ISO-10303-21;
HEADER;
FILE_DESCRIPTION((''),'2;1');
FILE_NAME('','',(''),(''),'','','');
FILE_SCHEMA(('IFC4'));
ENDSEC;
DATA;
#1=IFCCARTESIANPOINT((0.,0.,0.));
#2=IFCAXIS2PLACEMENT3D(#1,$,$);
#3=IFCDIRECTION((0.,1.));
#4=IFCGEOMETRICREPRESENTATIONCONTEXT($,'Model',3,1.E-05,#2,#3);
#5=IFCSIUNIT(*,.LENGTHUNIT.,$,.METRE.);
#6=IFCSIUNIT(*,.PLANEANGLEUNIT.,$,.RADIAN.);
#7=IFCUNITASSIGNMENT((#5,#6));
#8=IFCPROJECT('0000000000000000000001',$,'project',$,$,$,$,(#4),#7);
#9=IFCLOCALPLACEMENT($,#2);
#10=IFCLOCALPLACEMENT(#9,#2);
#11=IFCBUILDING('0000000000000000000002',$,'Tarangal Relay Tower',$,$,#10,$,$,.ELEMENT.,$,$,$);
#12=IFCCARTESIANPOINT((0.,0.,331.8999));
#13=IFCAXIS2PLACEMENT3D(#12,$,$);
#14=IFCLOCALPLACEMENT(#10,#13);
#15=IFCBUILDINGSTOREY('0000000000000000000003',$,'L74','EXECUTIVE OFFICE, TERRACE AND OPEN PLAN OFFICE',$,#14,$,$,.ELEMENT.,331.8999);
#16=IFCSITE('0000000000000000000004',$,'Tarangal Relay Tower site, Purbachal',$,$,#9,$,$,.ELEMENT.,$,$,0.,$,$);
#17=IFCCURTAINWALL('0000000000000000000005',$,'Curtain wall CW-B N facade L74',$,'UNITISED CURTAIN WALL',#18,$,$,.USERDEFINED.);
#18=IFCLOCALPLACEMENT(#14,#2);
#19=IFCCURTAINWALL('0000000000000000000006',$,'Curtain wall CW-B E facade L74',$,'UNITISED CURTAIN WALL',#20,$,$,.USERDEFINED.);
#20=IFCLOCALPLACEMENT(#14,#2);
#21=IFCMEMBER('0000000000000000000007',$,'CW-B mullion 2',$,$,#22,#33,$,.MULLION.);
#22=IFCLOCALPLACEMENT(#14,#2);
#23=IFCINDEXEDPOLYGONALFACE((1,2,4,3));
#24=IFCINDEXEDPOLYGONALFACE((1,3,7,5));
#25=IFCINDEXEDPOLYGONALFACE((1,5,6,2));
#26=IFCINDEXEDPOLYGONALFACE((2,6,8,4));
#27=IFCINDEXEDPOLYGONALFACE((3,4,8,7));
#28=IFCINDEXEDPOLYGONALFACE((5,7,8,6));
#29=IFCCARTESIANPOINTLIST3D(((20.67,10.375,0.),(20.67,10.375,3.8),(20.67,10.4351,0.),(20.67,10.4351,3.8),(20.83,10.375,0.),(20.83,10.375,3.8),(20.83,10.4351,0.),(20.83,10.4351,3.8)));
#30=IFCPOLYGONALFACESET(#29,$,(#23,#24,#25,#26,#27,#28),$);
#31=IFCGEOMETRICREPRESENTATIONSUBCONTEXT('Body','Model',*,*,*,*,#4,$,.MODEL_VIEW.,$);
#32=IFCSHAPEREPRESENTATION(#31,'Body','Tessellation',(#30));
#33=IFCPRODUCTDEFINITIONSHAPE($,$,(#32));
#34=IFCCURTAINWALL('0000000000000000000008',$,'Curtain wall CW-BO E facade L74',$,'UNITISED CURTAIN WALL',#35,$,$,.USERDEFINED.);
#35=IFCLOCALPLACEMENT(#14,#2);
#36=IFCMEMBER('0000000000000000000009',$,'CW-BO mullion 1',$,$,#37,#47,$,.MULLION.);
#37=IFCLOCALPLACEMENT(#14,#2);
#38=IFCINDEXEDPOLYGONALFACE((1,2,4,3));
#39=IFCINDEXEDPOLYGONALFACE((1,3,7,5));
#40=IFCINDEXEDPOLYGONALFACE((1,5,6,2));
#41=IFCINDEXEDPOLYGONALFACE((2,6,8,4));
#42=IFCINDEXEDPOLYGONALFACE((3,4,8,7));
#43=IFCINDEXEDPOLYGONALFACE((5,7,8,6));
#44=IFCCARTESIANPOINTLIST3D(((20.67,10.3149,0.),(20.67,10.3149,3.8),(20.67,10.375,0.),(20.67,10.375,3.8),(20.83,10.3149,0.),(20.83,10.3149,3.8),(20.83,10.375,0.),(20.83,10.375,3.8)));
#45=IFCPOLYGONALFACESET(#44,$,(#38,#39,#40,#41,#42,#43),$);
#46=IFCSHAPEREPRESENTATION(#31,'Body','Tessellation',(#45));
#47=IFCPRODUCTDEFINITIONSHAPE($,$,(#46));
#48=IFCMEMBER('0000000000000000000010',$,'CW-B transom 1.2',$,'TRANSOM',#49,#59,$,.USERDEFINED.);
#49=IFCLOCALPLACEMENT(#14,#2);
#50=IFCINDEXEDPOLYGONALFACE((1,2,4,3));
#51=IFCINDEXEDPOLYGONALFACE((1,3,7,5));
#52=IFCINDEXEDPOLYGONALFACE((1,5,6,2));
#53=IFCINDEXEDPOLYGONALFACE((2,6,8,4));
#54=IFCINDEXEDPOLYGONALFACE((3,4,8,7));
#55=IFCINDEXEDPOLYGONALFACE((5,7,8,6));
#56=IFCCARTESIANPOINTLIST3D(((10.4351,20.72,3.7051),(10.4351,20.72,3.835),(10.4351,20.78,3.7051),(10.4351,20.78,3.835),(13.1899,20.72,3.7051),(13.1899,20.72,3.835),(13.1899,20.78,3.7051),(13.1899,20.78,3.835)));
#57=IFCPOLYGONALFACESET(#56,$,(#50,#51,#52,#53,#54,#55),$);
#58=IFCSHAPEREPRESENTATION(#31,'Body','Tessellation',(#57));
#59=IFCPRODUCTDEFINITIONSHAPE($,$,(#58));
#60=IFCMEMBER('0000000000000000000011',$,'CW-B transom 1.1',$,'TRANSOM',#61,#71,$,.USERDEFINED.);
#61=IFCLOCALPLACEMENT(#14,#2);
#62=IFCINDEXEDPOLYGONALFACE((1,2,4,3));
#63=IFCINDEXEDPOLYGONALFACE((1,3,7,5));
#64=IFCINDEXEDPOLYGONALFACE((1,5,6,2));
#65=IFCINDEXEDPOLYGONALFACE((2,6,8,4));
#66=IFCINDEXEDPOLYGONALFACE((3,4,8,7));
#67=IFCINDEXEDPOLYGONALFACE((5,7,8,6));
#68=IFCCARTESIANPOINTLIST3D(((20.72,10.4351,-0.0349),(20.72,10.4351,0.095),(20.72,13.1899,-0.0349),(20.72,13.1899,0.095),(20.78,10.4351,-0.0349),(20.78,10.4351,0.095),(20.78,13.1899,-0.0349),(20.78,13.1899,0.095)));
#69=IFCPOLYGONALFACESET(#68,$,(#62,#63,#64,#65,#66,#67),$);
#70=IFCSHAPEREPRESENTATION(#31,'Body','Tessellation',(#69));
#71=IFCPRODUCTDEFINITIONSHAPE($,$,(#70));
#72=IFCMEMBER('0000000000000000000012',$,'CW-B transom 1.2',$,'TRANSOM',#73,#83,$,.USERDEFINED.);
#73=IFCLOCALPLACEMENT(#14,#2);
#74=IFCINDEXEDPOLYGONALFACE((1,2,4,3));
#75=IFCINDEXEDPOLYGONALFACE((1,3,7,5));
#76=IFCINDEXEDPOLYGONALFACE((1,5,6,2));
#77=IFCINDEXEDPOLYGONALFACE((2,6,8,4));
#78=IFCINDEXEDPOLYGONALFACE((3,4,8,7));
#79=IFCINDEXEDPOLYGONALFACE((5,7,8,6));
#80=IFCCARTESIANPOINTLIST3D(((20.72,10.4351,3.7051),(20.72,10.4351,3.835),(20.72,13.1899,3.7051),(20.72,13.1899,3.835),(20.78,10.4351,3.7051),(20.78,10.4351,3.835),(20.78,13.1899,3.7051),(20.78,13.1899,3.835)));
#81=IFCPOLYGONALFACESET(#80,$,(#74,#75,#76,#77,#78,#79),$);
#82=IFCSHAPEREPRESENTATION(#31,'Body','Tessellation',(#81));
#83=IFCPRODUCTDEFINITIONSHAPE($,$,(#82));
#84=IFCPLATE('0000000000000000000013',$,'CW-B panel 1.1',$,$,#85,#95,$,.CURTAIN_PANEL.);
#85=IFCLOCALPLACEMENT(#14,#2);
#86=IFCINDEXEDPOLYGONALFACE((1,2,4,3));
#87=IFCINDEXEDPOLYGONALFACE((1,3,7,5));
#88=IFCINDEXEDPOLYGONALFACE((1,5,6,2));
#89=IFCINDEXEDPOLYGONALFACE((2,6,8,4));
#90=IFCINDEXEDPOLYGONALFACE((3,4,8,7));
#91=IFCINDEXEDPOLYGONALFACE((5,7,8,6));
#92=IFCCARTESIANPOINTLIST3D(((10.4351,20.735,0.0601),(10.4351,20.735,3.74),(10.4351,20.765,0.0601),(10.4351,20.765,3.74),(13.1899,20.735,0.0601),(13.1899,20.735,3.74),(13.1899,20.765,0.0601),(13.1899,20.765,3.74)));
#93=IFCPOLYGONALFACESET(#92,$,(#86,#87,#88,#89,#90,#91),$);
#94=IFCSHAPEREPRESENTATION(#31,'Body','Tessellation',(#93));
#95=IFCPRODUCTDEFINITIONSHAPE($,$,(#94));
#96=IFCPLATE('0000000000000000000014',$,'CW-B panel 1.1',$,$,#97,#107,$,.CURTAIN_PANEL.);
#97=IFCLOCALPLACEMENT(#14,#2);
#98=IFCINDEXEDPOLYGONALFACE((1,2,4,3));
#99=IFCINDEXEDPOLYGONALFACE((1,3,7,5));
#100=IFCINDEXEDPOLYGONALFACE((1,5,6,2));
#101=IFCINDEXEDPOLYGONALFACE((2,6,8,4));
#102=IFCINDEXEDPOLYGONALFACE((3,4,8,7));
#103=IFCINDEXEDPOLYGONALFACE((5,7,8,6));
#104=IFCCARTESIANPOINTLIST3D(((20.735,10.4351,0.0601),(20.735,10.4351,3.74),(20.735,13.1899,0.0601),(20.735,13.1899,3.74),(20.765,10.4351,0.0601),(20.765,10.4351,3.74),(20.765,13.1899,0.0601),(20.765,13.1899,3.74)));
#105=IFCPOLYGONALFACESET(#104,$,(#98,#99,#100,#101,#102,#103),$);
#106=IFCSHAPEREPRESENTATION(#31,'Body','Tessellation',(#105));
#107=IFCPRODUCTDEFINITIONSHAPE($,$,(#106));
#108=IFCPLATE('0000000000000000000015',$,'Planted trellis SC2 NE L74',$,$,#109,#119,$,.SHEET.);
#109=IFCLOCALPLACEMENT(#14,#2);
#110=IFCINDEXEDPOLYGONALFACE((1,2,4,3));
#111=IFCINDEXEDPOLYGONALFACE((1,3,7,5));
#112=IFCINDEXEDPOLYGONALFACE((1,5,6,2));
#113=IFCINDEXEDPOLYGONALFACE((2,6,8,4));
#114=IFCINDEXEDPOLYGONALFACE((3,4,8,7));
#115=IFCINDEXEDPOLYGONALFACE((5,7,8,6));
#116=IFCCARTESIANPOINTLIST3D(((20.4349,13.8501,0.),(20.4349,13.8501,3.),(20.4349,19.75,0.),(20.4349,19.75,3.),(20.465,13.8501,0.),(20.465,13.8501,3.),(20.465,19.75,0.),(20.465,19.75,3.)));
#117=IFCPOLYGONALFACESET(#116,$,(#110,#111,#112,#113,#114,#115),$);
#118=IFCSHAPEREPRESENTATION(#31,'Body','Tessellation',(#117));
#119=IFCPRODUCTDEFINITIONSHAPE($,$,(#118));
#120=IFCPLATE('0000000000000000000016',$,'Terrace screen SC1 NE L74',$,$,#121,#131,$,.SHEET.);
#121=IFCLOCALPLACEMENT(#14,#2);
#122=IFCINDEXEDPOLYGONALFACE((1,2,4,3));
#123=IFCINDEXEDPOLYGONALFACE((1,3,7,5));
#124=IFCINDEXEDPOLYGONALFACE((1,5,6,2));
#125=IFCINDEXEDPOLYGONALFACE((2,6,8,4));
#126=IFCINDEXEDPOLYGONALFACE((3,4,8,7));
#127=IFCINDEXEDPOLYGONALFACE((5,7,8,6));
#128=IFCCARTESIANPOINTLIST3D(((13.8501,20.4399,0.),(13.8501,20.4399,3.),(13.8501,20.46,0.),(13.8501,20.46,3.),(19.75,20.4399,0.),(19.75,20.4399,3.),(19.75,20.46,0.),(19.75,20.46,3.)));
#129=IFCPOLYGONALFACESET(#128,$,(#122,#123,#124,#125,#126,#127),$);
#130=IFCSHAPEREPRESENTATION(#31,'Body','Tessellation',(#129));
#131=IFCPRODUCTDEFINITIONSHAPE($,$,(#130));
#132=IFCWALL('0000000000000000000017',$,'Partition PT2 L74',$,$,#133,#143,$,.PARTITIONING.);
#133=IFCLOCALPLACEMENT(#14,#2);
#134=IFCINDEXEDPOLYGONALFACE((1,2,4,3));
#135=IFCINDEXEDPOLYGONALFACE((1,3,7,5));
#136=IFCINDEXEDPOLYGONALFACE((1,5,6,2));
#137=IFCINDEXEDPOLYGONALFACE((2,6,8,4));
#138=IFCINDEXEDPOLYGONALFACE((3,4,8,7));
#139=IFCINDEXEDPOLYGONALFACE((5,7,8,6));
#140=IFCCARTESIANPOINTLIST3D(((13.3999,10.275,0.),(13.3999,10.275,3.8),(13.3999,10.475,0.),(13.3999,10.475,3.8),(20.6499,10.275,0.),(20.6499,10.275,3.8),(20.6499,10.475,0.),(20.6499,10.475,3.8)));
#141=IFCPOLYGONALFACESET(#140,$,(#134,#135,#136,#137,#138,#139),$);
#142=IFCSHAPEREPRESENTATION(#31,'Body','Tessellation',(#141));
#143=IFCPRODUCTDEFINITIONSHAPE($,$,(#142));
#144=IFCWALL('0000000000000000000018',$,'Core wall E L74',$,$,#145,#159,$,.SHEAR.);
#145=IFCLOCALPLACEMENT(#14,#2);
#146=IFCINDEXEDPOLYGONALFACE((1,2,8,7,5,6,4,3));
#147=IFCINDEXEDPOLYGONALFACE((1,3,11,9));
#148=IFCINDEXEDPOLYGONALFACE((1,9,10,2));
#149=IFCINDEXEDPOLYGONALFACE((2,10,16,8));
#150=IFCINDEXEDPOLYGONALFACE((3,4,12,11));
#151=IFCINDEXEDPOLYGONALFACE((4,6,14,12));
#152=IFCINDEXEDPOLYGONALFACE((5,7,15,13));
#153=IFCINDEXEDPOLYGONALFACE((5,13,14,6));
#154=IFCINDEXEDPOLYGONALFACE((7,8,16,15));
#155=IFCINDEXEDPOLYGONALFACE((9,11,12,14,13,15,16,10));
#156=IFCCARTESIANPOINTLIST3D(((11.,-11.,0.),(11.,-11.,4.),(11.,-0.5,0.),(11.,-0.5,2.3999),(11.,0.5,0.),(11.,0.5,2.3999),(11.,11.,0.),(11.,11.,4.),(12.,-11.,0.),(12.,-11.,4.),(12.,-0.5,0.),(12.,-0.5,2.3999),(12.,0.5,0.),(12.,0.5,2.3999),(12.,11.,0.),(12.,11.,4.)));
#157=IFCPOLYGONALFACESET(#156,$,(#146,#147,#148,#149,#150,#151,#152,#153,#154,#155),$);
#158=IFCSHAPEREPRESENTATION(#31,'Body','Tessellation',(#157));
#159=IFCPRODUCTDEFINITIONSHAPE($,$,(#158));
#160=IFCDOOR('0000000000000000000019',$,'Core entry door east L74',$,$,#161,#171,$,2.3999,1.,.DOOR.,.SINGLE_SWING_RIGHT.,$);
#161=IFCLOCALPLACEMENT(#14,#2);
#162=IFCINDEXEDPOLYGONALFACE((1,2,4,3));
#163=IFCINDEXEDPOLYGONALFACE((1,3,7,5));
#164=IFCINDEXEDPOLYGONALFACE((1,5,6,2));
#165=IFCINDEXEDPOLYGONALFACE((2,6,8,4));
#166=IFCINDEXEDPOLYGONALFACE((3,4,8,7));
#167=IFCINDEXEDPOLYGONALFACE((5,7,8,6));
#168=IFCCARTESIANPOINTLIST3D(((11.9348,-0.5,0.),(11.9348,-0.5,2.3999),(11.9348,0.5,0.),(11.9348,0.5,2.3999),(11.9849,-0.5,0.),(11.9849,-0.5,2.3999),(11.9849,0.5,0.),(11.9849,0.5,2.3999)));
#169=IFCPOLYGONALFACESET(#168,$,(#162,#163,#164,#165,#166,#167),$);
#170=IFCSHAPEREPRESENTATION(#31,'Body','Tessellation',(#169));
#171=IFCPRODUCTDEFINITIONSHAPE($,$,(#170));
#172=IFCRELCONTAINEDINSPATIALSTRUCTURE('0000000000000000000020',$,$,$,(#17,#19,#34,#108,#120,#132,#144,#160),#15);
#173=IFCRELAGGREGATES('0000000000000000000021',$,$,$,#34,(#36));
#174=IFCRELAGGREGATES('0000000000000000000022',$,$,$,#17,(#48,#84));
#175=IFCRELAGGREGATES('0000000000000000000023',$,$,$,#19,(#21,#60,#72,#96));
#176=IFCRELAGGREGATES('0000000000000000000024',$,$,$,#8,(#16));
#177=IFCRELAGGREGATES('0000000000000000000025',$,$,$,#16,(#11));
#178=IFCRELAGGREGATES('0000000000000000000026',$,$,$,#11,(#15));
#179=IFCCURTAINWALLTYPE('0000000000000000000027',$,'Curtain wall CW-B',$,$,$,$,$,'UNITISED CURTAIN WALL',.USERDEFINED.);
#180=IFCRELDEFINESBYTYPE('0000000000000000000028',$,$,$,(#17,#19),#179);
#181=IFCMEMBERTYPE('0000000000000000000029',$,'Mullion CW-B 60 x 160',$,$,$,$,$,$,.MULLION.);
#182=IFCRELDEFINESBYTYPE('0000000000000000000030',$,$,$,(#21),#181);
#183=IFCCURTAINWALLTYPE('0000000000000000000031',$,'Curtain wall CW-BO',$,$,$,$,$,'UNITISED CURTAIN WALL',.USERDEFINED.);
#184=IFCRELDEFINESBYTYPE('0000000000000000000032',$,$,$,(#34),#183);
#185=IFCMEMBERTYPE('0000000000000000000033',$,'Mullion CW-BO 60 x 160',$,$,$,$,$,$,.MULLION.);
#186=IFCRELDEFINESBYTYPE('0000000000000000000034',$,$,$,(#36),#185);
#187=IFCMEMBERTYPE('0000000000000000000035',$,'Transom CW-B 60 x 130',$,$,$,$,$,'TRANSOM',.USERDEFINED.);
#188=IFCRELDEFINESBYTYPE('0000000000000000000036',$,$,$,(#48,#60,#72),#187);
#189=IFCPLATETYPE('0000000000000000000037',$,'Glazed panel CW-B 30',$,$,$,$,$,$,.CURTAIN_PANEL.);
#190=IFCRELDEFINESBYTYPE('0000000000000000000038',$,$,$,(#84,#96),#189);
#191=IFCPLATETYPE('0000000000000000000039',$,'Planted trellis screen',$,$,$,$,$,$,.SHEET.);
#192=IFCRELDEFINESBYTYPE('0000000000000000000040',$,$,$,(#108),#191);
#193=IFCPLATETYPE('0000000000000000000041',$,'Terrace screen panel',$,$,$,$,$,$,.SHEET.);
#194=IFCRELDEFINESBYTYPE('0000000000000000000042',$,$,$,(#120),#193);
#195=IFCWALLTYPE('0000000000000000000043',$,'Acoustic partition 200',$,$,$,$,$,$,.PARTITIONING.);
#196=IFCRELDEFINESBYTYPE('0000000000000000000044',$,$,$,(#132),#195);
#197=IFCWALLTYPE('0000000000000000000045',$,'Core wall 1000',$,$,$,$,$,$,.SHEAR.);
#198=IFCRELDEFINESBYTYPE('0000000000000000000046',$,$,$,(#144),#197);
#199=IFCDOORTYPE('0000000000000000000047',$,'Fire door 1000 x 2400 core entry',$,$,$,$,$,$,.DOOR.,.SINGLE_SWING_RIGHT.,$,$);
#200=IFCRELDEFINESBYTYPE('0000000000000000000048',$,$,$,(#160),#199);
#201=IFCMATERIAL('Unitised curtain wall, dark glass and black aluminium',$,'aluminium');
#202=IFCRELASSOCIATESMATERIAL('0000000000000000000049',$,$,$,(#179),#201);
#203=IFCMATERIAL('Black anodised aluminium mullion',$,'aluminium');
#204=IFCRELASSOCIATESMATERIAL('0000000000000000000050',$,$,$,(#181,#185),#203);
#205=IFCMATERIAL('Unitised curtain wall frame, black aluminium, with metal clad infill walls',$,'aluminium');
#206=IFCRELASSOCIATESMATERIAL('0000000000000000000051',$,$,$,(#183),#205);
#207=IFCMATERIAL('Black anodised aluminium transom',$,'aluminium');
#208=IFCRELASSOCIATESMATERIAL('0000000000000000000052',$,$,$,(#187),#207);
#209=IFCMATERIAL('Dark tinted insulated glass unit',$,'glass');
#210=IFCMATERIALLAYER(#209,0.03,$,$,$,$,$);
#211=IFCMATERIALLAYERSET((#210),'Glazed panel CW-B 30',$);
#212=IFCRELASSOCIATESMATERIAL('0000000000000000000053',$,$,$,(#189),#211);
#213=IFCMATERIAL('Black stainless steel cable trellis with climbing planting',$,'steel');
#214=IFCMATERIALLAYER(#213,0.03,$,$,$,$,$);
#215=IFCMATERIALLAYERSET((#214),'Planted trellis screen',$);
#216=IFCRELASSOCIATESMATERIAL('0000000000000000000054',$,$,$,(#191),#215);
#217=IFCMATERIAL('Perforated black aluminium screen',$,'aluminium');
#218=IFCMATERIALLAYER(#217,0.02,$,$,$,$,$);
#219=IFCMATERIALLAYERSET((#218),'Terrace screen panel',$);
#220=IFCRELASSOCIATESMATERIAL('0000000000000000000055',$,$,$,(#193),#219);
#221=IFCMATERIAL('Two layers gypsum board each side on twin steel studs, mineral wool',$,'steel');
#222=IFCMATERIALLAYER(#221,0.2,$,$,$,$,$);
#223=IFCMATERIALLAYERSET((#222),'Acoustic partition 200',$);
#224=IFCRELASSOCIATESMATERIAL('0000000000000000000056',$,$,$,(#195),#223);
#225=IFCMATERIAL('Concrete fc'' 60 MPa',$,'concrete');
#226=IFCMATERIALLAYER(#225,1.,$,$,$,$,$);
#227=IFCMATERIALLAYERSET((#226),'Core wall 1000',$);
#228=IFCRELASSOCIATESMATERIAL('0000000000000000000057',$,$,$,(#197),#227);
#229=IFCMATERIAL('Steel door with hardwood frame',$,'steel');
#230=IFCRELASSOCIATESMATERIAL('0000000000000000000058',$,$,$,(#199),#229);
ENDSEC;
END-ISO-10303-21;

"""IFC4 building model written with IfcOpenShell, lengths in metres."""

from ifc_helpers import new_model, si_unit, direction, frame, frame_2d, origin, origin_2d, place, context, subcontext, project, spatial, rectangle, extrude, material, layer, layer_set, material_profile, profile_set, type_object, element, fill, aggregate, save


model = new_model("IFC4")

# Units and contexts
model_context = context("Model", 3, precision=1e-05, world=origin(), true_north=direction((0.0, 1.0)))
body_context = subcontext(model_context, "Body", "Model", "MODEL_VIEW")
ifc_project = project(units=[si_unit("LENGTHUNIT", "METRE"), si_unit("PLANEANGLEUNIT", "RADIAN")], contexts=[model_context])

# Site, building, storey
site_placement = place(None, origin())
site = spatial("IfcSite", under=ifc_project, at=site_placement, Name="Tarangal Relay Tower site, Purbachal", CompositionType="ELEMENT", RefElevation=0.0)
building_placement = place(site_placement, origin())
building = spatial("IfcBuilding", under=site, at=building_placement, Name="Tarangal Relay Tower", CompositionType="ELEMENT")
storey_placement = place(building_placement, frame((0.0, 0.0, 331.8999)))
storey = spatial("IfcBuildingStorey", under=building, at=storey_placement, Name="L74", Description="EXECUTIVE OFFICE, TERRACE AND OPEN PLAN OFFICE", CompositionType="ELEMENT", Elevation=331.8999)

# Curtain wall
ifc_material_1 = material(Name="Unitised curtain wall, dark glass and black aluminium", Category="aluminium")
curtain_wall_type_1 = type_object("IfcCurtainWallType", Name="Curtain wall CW-B", ElementType="UNITISED CURTAIN WALL", PredefinedType="USERDEFINED", material=ifc_material_1)
curtain_wall_1_placement = place(storey_placement, origin())
curtain_wall_1 = element("IfcCurtainWall", 1, at=curtain_wall_1_placement, inside=storey, type_object=curtain_wall_type_1, Name="Curtain wall CW-B N facade L74", ObjectType="UNITISED CURTAIN WALL", PredefinedType="USERDEFINED")
ifc_material_2 = material(Name="Black anodised aluminium mullion", Category="aluminium")
ifc_material_profile_1 = material_profile(ifc_material_2, rectangle(XDim=0.1599, YDim=0.0601, at=origin_2d()), Name="CW-BM 60X160")
ifc_profile_set_1 = profile_set([ifc_material_profile_1], Name="Black anodised aluminium mullion")
member_type_1 = type_object("IfcMemberType", Name="Mullion CW-B 60 x 160", PredefinedType="MULLION", material=ifc_profile_set_1)

# Curtain wall, member
curtain_wall_2_placement = place(storey_placement, origin())
curtain_wall_2 = element("IfcCurtainWall", 2, at=curtain_wall_2_placement, inside=storey, type_object=curtain_wall_type_1, Name="Curtain wall CW-B E facade L74", ObjectType="UNITISED CURTAIN WALL", PredefinedType="USERDEFINED")
member_1_placement = place(storey_placement, frame((20.75, 10.405, 0.0), z_axis=(0.0, 0.0, 1.0), x_axis=(1.0, 0.0, 0.0)))
member_1 = element("IfcMember", 3, at=member_1_placement, type_object=member_type_1, Name="CW-B mullion 2", PredefinedType="MULLION", context=body_context, shape_type="SweptSolid", body=[
    extrude(rectangle(XDim=0.1599, YDim=0.0601, at=origin_2d()), origin(), (0.0, 0.0, 1.0), 3.8),
])

# Curtain wall, member
ifc_material_3 = material(Name="Unitised curtain wall frame, black aluminium, with metal clad infill walls", Category="aluminium")
curtain_wall_type_2 = type_object("IfcCurtainWallType", Name="Curtain wall CW-BO", ElementType="UNITISED CURTAIN WALL", PredefinedType="USERDEFINED", material=ifc_material_3)
curtain_wall_3_placement = place(storey_placement, origin())
curtain_wall_3 = element("IfcCurtainWall", 4, at=curtain_wall_3_placement, inside=storey, type_object=curtain_wall_type_2, Name="Curtain wall CW-BO E facade L74", ObjectType="UNITISED CURTAIN WALL", PredefinedType="USERDEFINED")
ifc_material_profile_2 = material_profile(ifc_material_2, rectangle(XDim=0.1599, YDim=0.0601, at=origin_2d()), Name="CW-BOM 60X160")
ifc_profile_set_2 = profile_set([ifc_material_profile_2], Name="Black anodised aluminium mullion")
member_type_2 = type_object("IfcMemberType", Name="Mullion CW-BO 60 x 160", PredefinedType="MULLION", material=ifc_profile_set_2)
member_2_placement = place(storey_placement, frame((20.75, 10.345, 0.0), z_axis=(0.0, 0.0, 1.0), x_axis=(1.0, 0.0, 0.0)))
member_2 = element("IfcMember", 5, at=member_2_placement, type_object=member_type_2, Name="CW-BO mullion 1", PredefinedType="MULLION", context=body_context, shape_type="SweptSolid", body=[
    extrude(rectangle(XDim=0.1599, YDim=0.0601, at=origin_2d()), origin(), (0.0, 0.0, 1.0), 3.8),
])
aggregate(curtain_wall_3, [member_2])

# Members
ifc_material_4 = material(Name="Black anodised aluminium transom", Category="aluminium")
ifc_material_profile_3 = material_profile(ifc_material_4, rectangle(XDim=0.0601, YDim=0.1299, at=origin_2d()), Name="CW-BT 60X130")
ifc_profile_set_3 = profile_set([ifc_material_profile_3], Name="Black anodised aluminium transom")
member_type_3 = type_object("IfcMemberType", Name="Transom CW-B 60 x 130", ElementType="TRANSOM", PredefinedType="USERDEFINED", material=ifc_profile_set_3)
member_3_placement = place(storey_placement, frame((10.4351, 20.75, 3.77), z_axis=(1.0, 0.0, 0.0), x_axis=(0.0, 1.0, 0.0)))
member_3 = element("IfcMember", 6, at=member_3_placement, type_object=member_type_3, Name="CW-B transom 1.2", ObjectType="TRANSOM", PredefinedType="USERDEFINED", context=body_context, shape_type="SweptSolid", body=[
    extrude(rectangle(XDim=0.0601, YDim=0.1299, at=origin_2d()), origin(), (0.0, 0.0, 1.0), 2.7549),
])
member_4_placement = place(storey_placement, frame((20.75, 13.1899, 0.03), z_axis=(0.0, -1.0, 0.0), x_axis=(1.0, 0.0, 0.0)))
member_4 = element("IfcMember", 7, at=member_4_placement, type_object=member_type_3, Name="CW-B transom 1.1", ObjectType="TRANSOM", PredefinedType="USERDEFINED", context=body_context, shape_type="SweptSolid", body=[
    extrude(rectangle(XDim=0.0601, YDim=0.1299, at=origin_2d()), origin(), (0.0, 0.0, 1.0), 2.7549),
])
member_5_placement = place(storey_placement, frame((20.75, 13.1899, 3.77), z_axis=(0.0, -1.0, 0.0), x_axis=(1.0, 0.0, 0.0)))
member_5 = element("IfcMember", 8, at=member_5_placement, type_object=member_type_3, Name="CW-B transom 1.2", ObjectType="TRANSOM", PredefinedType="USERDEFINED", context=body_context, shape_type="SweptSolid", body=[
    extrude(rectangle(XDim=0.0601, YDim=0.1299, at=origin_2d()), origin(), (0.0, 0.0, 1.0), 2.7549),
])

# Plates
ifc_material_5 = material(Name="Dark tinted insulated glass unit", Category="glass")
ifc_layer_1 = layer(ifc_material_5, 0.03)
ifc_layer_set_1 = layer_set([ifc_layer_1], Name="Glazed panel CW-B 30")
plate_type_1 = type_object("IfcPlateType", Name="Glazed panel CW-B 30", PredefinedType="CURTAIN_PANEL", material=ifc_layer_set_1)
plate_1_placement = place(storey_placement, frame((11.8125, 20.75, 0.0601), z_axis=(0.0, 0.0, 1.0), x_axis=(1.0, 0.0, 0.0)))
plate_1 = element("IfcPlate", 9, at=plate_1_placement, type_object=plate_type_1, Name="CW-B panel 1.1", PredefinedType="CURTAIN_PANEL", context=body_context, shape_type="SweptSolid", body=[
    extrude(rectangle(XDim=2.7549, YDim=0.03, at=origin_2d()), origin(), (0.0, 0.0, 1.0), 3.6799),
])
aggregate(curtain_wall_1, [member_3, plate_1])
plate_2_placement = place(storey_placement, frame((20.75, 11.8125, 0.0601), z_axis=(0.0, 0.0, 1.0), x_axis=(0.0, -1.0, 0.0)))
plate_2 = element("IfcPlate", 10, at=plate_2_placement, type_object=plate_type_1, Name="CW-B panel 1.1", PredefinedType="CURTAIN_PANEL", context=body_context, shape_type="SweptSolid", body=[
    extrude(rectangle(XDim=2.7549, YDim=0.03, at=origin_2d()), origin(), (0.0, 0.0, 1.0), 3.6799),
])
aggregate(curtain_wall_2, [member_1, member_4, member_5, plate_2])

# Plates
ifc_material_6 = material(Name="Black stainless steel cable trellis with climbing planting", Category="steel")
ifc_layer_2 = layer(ifc_material_6, 0.03)
ifc_layer_set_2 = layer_set([ifc_layer_2], Name="Planted trellis screen")
plate_type_2 = type_object("IfcPlateType", Name="Planted trellis screen", PredefinedType="SHEET", material=ifc_layer_set_2)
plate_3_placement = place(storey_placement, frame((20.45, 16.8, 0.0), z_axis=(0.0, 0.0, 1.0), x_axis=(0.0, -1.0, 0.0)))
element("IfcPlate", 11, at=plate_3_placement, inside=storey, type_object=plate_type_2, Name="Planted trellis SC2 NE L74", PredefinedType="SHEET", context=body_context, shape_type="SweptSolid", body=[
    extrude(rectangle(XDim=5.8999, YDim=0.03, at=origin_2d()), origin(), (0.0, 0.0, 1.0), 3.0),
])
ifc_material_7 = material(Name="Perforated black aluminium screen", Category="aluminium")
ifc_layer_3 = layer(ifc_material_7, 0.02)
ifc_layer_set_3 = layer_set([ifc_layer_3], Name="Terrace screen panel")
plate_type_3 = type_object("IfcPlateType", Name="Terrace screen panel", PredefinedType="SHEET", material=ifc_layer_set_3)
plate_4_placement = place(storey_placement, frame((16.8, 20.45, 0.0), z_axis=(0.0, 0.0, 1.0), x_axis=(1.0, 0.0, 0.0)))
element("IfcPlate", 12, at=plate_4_placement, inside=storey, type_object=plate_type_3, Name="Terrace screen SC1 NE L74", PredefinedType="SHEET", context=body_context, shape_type="SweptSolid", body=[
    extrude(rectangle(XDim=5.8999, YDim=0.02, at=origin_2d()), origin(), (0.0, 0.0, 1.0), 3.0),
])

# Wall
ifc_material_8 = material(Name="Two layers gypsum board each side on twin steel studs, mineral wool", Category="steel")
ifc_layer_4 = layer(ifc_material_8, 0.2)
ifc_layer_set_4 = layer_set([ifc_layer_4], Name="Acoustic partition 200")
wall_type_1 = type_object("IfcWallType", Name="Acoustic partition 200", PredefinedType="PARTITIONING", material=ifc_layer_set_4)
wall_1_placement = place(storey_placement, frame((13.3999, 10.375, 0.0), z_axis=(0.0, 0.0, 1.0), x_axis=(1.0, 0.0, 0.0)))
element("IfcWall", 13, at=wall_1_placement, inside=storey, type_object=wall_type_1, Name="Partition PT2 L74", PredefinedType="PARTITIONING", context=body_context, shape_type="SweptSolid", body=[
    extrude(rectangle(XDim=7.25, YDim=0.2, at=frame_2d((3.625, 0.0))), origin(), (0.0, 0.0, 1.0), 3.8),
])

# Wall, opening, door
ifc_material_9 = material(Name="Concrete fc' 60 MPa", Category="concrete")
ifc_layer_5 = layer(ifc_material_9, 1.0)
ifc_layer_set_5 = layer_set([ifc_layer_5], Name="Core wall 1000")
wall_type_2 = type_object("IfcWallType", Name="Core wall 1000", PredefinedType="SHEAR", material=ifc_layer_set_5)
wall_2_placement = place(storey_placement, frame((11.5, 11.0, 0.0), z_axis=(0.0, 0.0, 1.0), x_axis=(0.0, -1.0, 0.0)))
wall_2 = element("IfcWall", 14, at=wall_2_placement, inside=storey, type_object=wall_type_2, Name="Core wall E L74", PredefinedType="SHEAR", context=body_context, shape_type="SweptSolid", body=[
    extrude(rectangle(XDim=22.0, YDim=1.0, at=frame_2d((11.0, 0.0))), origin(), (0.0, 0.0, 1.0), 4.0),
])
opening_1_placement = place(wall_2_placement, frame((10.5, 0.0, 0.0)))
opening_1 = element("IfcOpeningElement", 15, at=opening_1_placement, cuts=wall_2, PredefinedType="OPENING", context=body_context, shape_type="SweptSolid", body=[
    extrude(rectangle(XDim=1.0, YDim=2.3999, at=frame_2d((0.5, 1.2))), frame((0.0, 0.51, 0.0), z_axis=(0.0, -1.0, 0.0), x_axis=(1.0, 0.0, 0.0)), (0.0, 0.0, 1.0), 1.02),
])
ifc_material_10 = material(Name="Steel door with hardwood frame", Category="steel")
door_type_1 = type_object("IfcDoorType", Name="Fire door 1000 x 2400 core entry", OperationType="SINGLE_SWING_RIGHT", PredefinedType="DOOR", material=ifc_material_10)
door_1_placement = place(opening_1_placement, origin())
door_1 = element("IfcDoor", 16, at=door_1_placement, inside=storey, type_object=door_type_1, Name="Core entry door east L74", OperationType="SINGLE_SWING_RIGHT", OverallHeight=2.3999, OverallWidth=1.0, PredefinedType="DOOR", context=body_context, shape_type="SweptSolid", body=[
    extrude(rectangle(XDim=1.0, YDim=2.3999, at=frame_2d((0.5, 1.2))), frame((0.0, 0.4849, 0.0), z_axis=(0.0, -1.0, 0.0), x_axis=(1.0, 0.0, 0.0)), (0.0, 0.0, 1.0), 0.05),
])
fill(opening_1, door_1)

save(model, "model.ifc")
